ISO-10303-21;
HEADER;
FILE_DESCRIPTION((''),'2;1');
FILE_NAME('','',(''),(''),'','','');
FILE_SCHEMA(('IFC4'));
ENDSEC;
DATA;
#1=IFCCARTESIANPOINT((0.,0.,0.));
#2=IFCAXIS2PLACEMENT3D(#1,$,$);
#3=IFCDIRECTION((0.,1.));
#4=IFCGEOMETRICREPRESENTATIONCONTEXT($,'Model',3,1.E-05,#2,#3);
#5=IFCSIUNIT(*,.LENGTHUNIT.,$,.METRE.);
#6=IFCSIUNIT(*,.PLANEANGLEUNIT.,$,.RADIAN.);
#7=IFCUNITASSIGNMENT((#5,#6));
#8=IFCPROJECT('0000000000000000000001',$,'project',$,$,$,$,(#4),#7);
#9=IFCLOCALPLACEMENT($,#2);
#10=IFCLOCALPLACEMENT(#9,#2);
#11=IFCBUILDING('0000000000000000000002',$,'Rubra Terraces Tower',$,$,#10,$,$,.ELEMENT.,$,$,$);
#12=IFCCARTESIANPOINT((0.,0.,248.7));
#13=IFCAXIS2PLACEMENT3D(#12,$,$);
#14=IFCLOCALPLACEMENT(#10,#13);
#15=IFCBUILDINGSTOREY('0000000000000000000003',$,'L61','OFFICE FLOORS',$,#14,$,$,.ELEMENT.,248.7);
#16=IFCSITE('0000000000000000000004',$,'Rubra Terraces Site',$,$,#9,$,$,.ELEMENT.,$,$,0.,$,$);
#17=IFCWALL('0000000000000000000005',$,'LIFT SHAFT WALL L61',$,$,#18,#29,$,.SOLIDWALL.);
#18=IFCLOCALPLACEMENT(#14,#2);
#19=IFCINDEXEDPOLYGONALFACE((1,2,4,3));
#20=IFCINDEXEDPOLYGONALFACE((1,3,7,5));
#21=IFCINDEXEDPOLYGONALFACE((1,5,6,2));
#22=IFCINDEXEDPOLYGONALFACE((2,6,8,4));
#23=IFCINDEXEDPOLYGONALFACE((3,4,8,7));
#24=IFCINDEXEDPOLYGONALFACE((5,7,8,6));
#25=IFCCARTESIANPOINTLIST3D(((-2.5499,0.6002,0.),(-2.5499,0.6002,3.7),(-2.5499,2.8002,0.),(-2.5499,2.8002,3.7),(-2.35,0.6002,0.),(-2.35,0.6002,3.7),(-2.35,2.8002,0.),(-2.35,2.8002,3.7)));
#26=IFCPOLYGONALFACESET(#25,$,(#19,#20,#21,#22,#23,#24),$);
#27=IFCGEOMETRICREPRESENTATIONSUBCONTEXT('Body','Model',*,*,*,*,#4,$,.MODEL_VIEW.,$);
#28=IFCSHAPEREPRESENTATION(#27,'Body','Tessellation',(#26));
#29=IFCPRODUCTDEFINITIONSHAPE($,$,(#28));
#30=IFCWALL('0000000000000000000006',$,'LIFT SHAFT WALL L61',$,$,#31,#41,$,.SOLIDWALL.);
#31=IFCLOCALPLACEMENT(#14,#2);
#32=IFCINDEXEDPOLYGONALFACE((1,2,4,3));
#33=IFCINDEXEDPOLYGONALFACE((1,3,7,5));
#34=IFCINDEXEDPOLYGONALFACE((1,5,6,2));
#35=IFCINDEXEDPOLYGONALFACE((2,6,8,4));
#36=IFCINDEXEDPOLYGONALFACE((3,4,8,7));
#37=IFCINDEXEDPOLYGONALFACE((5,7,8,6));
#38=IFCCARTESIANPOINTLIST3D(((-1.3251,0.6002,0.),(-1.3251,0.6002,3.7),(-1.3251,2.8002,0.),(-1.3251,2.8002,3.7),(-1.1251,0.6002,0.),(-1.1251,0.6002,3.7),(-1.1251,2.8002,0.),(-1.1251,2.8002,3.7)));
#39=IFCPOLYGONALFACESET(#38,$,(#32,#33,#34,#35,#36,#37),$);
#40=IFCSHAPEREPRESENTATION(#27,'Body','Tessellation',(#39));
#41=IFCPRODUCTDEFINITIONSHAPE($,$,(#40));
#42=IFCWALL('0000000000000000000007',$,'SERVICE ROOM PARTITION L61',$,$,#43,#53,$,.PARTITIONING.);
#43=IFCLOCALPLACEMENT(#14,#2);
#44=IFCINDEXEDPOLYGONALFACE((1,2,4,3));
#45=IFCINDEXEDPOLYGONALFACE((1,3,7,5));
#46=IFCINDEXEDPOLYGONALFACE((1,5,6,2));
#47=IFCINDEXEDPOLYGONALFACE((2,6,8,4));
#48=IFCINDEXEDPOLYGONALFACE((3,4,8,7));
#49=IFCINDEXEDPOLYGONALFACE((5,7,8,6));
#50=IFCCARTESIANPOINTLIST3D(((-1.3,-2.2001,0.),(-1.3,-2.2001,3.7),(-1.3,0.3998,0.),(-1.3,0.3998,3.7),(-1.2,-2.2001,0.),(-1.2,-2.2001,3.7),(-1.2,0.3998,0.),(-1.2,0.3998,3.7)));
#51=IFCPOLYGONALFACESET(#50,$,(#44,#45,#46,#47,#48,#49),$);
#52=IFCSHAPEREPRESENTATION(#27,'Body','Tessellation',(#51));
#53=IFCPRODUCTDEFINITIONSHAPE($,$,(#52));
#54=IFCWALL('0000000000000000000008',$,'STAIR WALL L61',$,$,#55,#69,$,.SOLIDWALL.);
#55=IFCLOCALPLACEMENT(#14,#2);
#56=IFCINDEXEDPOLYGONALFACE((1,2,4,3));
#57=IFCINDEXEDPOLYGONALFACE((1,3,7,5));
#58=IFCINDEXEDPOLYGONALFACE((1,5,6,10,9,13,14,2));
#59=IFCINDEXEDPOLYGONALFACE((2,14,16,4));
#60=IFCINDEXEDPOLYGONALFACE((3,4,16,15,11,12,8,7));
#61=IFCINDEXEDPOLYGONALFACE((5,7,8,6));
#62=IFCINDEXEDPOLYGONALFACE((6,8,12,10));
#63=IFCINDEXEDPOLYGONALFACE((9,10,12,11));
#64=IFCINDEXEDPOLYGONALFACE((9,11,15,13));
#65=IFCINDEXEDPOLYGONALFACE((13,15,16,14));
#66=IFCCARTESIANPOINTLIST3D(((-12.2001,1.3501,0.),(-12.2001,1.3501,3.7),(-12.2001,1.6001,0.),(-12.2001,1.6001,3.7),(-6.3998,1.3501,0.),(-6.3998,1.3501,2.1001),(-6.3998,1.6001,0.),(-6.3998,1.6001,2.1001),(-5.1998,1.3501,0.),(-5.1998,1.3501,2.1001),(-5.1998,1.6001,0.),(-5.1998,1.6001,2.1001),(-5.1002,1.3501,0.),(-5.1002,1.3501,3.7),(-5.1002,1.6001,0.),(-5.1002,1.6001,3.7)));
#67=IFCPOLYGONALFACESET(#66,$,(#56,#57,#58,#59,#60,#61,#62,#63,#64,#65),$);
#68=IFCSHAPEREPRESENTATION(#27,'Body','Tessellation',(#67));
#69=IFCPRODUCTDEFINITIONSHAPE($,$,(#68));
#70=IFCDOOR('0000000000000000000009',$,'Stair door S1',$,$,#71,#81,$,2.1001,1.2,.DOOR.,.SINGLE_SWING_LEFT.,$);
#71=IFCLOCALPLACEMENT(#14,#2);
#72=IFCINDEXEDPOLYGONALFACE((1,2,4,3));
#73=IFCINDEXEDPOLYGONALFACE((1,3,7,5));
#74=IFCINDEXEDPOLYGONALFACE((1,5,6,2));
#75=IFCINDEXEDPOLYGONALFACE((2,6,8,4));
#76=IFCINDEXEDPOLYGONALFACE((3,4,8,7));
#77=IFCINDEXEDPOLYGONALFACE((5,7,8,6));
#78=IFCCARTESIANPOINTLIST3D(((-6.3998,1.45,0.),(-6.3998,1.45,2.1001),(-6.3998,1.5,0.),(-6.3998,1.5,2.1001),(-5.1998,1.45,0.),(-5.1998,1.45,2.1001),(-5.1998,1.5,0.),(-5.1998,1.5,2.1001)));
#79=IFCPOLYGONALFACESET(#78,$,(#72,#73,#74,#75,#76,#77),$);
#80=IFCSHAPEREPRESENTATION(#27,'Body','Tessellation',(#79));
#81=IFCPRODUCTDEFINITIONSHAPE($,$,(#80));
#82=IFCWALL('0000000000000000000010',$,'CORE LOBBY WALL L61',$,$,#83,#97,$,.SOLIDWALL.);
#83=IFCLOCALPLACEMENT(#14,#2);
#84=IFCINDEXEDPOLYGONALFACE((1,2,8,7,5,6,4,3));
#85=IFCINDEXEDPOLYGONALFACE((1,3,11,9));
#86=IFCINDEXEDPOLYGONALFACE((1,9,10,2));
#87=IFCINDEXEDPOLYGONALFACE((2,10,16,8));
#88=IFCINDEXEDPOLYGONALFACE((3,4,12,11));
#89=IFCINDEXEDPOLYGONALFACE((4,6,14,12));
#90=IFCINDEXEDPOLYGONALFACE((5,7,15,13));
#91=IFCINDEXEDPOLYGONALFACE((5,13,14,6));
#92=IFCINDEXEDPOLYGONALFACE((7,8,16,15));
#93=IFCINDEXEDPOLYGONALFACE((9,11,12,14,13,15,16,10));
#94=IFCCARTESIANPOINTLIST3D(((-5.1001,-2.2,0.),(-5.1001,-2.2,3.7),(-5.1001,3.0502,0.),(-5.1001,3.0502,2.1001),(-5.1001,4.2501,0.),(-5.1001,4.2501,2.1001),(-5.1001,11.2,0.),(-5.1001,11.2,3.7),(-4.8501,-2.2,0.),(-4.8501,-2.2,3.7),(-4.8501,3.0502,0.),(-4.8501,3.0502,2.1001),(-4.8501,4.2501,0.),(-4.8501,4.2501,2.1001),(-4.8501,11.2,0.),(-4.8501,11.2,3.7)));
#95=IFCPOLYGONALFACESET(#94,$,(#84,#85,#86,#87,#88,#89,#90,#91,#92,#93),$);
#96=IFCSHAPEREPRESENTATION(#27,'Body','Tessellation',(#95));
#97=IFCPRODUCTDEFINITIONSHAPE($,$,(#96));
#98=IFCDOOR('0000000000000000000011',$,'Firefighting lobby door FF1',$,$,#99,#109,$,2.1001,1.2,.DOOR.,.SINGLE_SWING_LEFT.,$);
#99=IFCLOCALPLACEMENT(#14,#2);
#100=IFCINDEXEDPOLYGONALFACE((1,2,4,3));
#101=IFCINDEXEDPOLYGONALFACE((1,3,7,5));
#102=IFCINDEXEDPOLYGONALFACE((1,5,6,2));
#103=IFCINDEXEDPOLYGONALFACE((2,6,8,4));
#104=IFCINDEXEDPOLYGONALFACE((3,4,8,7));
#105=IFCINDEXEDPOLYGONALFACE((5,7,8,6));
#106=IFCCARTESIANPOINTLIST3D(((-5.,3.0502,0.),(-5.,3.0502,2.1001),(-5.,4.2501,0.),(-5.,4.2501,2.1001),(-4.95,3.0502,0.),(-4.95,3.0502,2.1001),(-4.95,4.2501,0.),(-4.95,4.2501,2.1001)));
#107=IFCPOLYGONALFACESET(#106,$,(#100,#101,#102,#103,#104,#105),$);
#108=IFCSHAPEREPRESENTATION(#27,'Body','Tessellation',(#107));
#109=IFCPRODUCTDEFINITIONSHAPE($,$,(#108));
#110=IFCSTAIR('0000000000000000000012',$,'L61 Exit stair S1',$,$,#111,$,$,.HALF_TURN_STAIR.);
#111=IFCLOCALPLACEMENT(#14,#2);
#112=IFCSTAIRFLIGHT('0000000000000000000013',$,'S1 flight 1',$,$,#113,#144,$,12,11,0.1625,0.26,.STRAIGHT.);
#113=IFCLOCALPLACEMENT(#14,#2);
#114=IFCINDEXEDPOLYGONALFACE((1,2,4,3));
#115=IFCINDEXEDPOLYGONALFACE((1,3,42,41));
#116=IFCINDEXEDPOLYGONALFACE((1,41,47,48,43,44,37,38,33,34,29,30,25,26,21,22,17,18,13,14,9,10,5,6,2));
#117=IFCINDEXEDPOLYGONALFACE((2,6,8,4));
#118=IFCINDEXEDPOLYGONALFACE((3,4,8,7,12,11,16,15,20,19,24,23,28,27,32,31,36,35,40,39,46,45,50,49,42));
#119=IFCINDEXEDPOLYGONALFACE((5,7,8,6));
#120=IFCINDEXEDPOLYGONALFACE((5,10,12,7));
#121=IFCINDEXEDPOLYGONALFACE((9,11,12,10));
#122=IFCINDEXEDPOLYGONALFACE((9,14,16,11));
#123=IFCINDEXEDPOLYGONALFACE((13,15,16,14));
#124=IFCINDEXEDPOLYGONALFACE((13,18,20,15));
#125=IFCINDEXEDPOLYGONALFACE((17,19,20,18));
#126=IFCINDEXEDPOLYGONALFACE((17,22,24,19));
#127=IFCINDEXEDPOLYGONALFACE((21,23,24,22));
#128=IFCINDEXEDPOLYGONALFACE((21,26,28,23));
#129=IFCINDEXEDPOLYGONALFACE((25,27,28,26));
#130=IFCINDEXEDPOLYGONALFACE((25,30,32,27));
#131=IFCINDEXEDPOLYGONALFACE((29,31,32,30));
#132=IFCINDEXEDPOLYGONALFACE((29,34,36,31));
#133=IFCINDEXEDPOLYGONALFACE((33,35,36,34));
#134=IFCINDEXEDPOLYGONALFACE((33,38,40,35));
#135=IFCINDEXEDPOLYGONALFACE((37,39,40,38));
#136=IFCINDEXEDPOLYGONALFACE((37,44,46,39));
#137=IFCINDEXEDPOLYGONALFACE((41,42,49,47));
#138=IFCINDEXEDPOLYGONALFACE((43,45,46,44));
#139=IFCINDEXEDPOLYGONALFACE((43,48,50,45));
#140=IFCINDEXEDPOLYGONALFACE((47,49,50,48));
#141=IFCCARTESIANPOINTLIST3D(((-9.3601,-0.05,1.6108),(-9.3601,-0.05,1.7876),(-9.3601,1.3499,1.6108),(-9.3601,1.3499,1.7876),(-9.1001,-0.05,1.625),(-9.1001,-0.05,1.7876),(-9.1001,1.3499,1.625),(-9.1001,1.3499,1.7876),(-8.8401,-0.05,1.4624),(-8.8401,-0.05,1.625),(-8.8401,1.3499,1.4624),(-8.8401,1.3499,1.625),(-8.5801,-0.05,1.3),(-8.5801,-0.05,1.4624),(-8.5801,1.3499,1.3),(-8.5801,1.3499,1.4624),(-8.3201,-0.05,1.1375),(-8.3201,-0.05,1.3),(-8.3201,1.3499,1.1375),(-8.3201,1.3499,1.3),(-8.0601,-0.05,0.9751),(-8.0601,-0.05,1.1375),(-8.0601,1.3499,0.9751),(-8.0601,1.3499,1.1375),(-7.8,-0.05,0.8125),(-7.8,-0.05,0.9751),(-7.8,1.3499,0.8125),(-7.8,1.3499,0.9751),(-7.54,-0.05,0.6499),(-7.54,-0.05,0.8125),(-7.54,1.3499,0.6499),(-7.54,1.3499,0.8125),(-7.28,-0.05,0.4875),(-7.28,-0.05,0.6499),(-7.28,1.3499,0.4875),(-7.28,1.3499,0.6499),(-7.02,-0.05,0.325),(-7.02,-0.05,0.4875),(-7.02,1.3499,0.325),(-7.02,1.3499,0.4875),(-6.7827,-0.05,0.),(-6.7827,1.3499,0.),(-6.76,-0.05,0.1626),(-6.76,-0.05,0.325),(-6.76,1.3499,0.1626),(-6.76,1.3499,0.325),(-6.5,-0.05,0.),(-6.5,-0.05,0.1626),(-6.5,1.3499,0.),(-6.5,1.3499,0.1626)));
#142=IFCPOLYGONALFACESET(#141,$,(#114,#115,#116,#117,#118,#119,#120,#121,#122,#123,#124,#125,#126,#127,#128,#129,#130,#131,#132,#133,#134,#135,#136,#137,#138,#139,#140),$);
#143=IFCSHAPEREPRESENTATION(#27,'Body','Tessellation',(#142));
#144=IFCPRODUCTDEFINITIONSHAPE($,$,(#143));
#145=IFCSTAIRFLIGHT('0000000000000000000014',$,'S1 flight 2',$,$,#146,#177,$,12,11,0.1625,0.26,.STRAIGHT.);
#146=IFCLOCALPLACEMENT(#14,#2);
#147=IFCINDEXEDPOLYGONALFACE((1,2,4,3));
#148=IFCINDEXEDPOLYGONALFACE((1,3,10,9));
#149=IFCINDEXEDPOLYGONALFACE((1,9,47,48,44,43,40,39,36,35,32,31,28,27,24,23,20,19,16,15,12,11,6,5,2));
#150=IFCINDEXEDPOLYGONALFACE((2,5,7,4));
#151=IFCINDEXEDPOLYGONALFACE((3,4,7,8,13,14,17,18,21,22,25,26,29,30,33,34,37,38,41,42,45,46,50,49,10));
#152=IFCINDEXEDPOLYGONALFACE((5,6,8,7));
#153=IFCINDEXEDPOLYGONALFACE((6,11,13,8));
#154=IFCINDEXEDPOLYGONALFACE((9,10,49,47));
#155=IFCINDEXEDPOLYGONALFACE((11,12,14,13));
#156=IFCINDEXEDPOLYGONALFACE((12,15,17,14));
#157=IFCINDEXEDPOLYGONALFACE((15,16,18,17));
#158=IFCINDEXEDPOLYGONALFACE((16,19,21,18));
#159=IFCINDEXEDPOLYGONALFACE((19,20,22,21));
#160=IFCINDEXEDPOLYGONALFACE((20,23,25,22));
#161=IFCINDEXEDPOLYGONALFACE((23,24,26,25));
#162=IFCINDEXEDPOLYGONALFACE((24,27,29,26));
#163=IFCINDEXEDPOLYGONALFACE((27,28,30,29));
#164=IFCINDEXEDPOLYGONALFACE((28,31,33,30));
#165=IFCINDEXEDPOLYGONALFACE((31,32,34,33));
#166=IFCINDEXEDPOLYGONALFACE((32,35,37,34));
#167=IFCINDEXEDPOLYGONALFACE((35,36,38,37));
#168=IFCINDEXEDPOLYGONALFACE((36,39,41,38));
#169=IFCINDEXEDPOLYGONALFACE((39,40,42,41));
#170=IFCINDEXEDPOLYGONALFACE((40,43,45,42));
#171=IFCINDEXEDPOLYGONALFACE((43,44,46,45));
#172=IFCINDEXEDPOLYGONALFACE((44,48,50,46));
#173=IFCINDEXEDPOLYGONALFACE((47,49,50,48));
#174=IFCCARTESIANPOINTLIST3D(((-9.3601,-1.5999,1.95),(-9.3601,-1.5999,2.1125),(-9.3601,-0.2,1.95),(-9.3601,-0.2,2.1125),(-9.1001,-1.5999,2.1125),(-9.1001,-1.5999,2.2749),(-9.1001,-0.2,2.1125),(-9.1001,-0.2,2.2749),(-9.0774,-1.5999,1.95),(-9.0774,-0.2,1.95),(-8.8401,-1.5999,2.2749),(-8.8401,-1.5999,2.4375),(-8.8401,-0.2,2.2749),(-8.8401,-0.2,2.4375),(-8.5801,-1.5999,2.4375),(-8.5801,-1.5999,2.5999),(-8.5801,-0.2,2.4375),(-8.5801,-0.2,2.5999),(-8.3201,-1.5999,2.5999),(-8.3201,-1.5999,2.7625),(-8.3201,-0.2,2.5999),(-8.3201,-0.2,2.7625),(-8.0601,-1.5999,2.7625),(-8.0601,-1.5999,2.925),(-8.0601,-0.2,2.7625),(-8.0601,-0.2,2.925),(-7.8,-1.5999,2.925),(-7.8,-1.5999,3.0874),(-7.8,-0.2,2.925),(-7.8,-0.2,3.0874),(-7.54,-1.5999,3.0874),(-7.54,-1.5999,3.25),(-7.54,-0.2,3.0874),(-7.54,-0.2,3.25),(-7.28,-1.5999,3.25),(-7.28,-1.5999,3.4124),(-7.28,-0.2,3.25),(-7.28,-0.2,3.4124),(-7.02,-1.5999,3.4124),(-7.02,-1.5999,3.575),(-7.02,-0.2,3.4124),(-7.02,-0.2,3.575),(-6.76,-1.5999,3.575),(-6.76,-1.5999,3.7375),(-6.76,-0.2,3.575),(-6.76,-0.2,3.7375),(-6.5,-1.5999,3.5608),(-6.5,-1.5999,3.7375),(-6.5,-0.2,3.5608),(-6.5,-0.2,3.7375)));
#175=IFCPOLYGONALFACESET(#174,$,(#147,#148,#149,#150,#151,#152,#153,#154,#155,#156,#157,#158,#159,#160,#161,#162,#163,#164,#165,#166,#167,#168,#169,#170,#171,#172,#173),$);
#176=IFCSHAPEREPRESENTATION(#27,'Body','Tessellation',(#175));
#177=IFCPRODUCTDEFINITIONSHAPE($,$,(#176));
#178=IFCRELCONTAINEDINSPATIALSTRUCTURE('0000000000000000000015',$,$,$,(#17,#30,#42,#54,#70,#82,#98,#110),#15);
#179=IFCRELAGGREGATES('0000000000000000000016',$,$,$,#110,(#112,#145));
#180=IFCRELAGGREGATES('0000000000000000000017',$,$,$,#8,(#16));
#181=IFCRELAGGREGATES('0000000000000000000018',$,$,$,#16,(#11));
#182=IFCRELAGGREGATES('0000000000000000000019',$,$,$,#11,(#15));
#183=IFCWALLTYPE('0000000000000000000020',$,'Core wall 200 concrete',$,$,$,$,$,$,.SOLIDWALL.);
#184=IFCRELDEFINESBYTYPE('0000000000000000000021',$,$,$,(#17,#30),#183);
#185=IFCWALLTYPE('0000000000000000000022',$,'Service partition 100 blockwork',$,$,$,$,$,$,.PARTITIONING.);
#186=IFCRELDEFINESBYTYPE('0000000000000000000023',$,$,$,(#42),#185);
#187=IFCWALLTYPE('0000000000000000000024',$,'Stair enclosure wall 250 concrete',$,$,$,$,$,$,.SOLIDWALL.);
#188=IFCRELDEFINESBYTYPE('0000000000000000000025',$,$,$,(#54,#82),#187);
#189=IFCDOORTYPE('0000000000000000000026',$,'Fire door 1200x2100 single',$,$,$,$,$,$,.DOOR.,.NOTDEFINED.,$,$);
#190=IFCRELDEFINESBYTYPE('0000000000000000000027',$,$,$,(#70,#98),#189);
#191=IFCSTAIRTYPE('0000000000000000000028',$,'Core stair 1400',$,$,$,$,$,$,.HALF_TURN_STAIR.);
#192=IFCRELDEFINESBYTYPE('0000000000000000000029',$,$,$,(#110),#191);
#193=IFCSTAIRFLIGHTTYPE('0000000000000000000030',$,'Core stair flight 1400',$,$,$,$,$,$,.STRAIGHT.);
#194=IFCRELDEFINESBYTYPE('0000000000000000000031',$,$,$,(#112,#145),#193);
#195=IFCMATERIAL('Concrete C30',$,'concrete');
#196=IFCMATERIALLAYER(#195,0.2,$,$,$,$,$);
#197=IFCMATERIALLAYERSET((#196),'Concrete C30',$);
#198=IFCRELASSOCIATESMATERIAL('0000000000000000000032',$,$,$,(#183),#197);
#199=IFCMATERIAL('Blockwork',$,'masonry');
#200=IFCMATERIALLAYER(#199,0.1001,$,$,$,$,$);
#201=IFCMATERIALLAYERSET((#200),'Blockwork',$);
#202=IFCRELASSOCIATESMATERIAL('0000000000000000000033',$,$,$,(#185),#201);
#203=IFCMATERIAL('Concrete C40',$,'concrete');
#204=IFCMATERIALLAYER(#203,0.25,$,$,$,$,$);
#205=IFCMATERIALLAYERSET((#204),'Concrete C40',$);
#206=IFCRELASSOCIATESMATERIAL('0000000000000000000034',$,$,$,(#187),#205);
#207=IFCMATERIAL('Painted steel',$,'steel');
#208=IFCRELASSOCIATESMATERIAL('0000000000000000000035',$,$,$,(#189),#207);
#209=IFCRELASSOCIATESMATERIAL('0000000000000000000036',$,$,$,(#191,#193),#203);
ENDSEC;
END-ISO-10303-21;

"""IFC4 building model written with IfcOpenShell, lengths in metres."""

from ifc_helpers import new_model, si_unit, direction, frame, frame_2d, origin, place, context, subcontext, project, spatial, polyline, rectangle, outline, extrude, material, layer, layer_set, type_object, element, fill, aggregate, save


model = new_model("IFC4")

# Units and contexts
model_context = context("Model", 3, precision=1e-05, world=origin(), true_north=direction((0.0, 1.0)))
body_context = subcontext(model_context, "Body", "Model", "MODEL_VIEW")
ifc_project = project(units=[si_unit("LENGTHUNIT", "METRE"), si_unit("PLANEANGLEUNIT", "RADIAN")], contexts=[model_context])

# Site, building, storey
site_placement = place(None, origin())
site = spatial("IfcSite", under=ifc_project, at=site_placement, Name="Rubra Terraces Site", CompositionType="ELEMENT", RefElevation=0.0)
building_placement = place(site_placement, origin())
building = spatial("IfcBuilding", under=site, at=building_placement, Name="Rubra Terraces Tower", CompositionType="ELEMENT")
storey_placement = place(building_placement, frame((0.0, 0.0, 248.7)))
storey = spatial("IfcBuildingStorey", under=building, at=storey_placement, Name="L61", Description="OFFICE FLOORS", CompositionType="ELEMENT", Elevation=248.7)

# Shared definitions
ifc_material_1 = material(Name="Concrete C40", Category="concrete")

# Shared definitions
ifc_material_2 = material(Name="Painted steel", Category="steel")

# Walls
ifc_material_3 = material(Name="Concrete C30", Category="concrete")
ifc_layer_1 = layer(ifc_material_3, 0.2)
ifc_layer_set_1 = layer_set([ifc_layer_1], Name="Concrete C30")
wall_type_1 = type_object("IfcWallType", Name="Core wall 200 concrete", PredefinedType="SOLIDWALL", material=ifc_layer_set_1)
for number, where, z_axis, x_axis, name in (
    (1, (-2.45, 0.6001, 0.0), (0.0, 0.0, 1.0), (0.0, 1.0, 0.0), "LIFT SHAFT WALL L61"),
    (2, (-1.2251, 0.6001, 0.0), (0.0, 0.0, 1.0), (0.0, 1.0, 0.0), "LIFT SHAFT WALL L61"),
):
    element("IfcWall", number, at=place(storey_placement, frame(where, z_axis=z_axis, x_axis=x_axis)), inside=storey, type_object=wall_type_1, Name=name, PredefinedType="SOLIDWALL", context=body_context, shape_type="SweptSolid", body=[
        extrude(rectangle(XDim=2.2, YDim=0.2, at=frame_2d((1.1001, 0.0))), origin(), (0.0, 0.0, 1.0), 3.7),
    ])
ifc_material_4 = material(Name="Blockwork", Category="masonry")
ifc_layer_2 = layer(ifc_material_4, 0.1001)
ifc_layer_set_2 = layer_set([ifc_layer_2], Name="Blockwork")
wall_type_2 = type_object("IfcWallType", Name="Service partition 100 blockwork", PredefinedType="PARTITIONING", material=ifc_layer_set_2)
wall_1_placement = place(storey_placement, frame((-1.25, -2.2, 0.0), z_axis=(0.0, 0.0, 1.0), x_axis=(0.0, 1.0, 0.0)))
element("IfcWall", 3, at=wall_1_placement, inside=storey, type_object=wall_type_2, Name="SERVICE ROOM PARTITION L61", PredefinedType="PARTITIONING", context=body_context, shape_type="SweptSolid", body=[
    extrude(rectangle(XDim=2.5999, YDim=0.1001, at=frame_2d((1.2998, 0.0))), origin(), (0.0, 0.0, 1.0), 3.7),
])

# Walls, openings, doors
ifc_layer_3 = layer(ifc_material_1, 0.25)
ifc_layer_set_3 = layer_set([ifc_layer_3], Name="Concrete C40")
wall_type_3 = type_object("IfcWallType", Name="Stair enclosure wall 250 concrete", PredefinedType="SOLIDWALL", material=ifc_layer_set_3)
wall_2_placement = place(storey_placement, frame((-12.2, 1.4751, 0.0), z_axis=(0.0, 0.0, 1.0), x_axis=(1.0, 0.0, 0.0)))
wall_2 = element("IfcWall", 4, at=wall_2_placement, inside=storey, type_object=wall_type_3, Name="STAIR WALL L61", PredefinedType="SOLIDWALL", context=body_context, shape_type="SweptSolid", body=[
    extrude(rectangle(XDim=7.0999, YDim=0.25, at=frame_2d((3.5498, 0.0))), origin(), (0.0, 0.0, 1.0), 3.7),
])
opening_1_placement = place(wall_2_placement, frame((5.8, 0.0, 0.0)))
opening_1 = element("IfcOpeningElement", 5, at=opening_1_placement, cuts=wall_2, PredefinedType="OPENING", context=body_context, shape_type="SweptSolid", body=[
    extrude(rectangle(XDim=1.2, YDim=2.1001, at=frame_2d((0.6001, 1.05))), frame((0.0, 0.135, 0.0), z_axis=(0.0, -1.0, 0.0), x_axis=(1.0, 0.0, 0.0)), (0.0, 0.0, 1.0), 0.27),
])
door_type_1 = type_object("IfcDoorType", Name="Fire door 1200x2100 single", OperationType="NOTDEFINED", PredefinedType="DOOR", material=ifc_material_2)
door_1_placement = place(opening_1_placement, origin())
door_1 = element("IfcDoor", 6, at=door_1_placement, inside=storey, type_object=door_type_1, Name="Stair door S1", OperationType="SINGLE_SWING_LEFT", OverallHeight=2.1001, OverallWidth=1.2, PredefinedType="DOOR", context=body_context, shape_type="SweptSolid", body=[
    extrude(rectangle(XDim=1.2, YDim=2.1001, at=frame_2d((0.6001, 1.05))), frame((0.0, 0.0249, 0.0), z_axis=(0.0, -1.0, 0.0), x_axis=(1.0, 0.0, 0.0)), (0.0, 0.0, 1.0), 0.05),
])
fill(opening_1, door_1)
wall_3_placement = place(storey_placement, frame((-4.9751, -2.2, 0.0), z_axis=(0.0, 0.0, 1.0), x_axis=(0.0, 1.0, 0.0)))
wall_3 = element("IfcWall", 7, at=wall_3_placement, inside=storey, type_object=wall_type_3, Name="CORE LOBBY WALL L61", PredefinedType="SOLIDWALL", context=body_context, shape_type="SweptSolid", body=[
    extrude(rectangle(XDim=13.3999, YDim=0.25, at=frame_2d((6.7, 0.0))), origin(), (0.0, 0.0, 1.0), 3.7),
])
opening_2_placement = place(wall_3_placement, frame((5.25, 0.0, 0.0)))
opening_2 = element("IfcOpeningElement", 8, at=opening_2_placement, cuts=wall_3, PredefinedType="OPENING", context=body_context, shape_type="SweptSolid", body=[
    extrude(rectangle(XDim=1.2, YDim=2.1001, at=frame_2d((0.6001, 1.05))), frame((0.0, 0.135, 0.0), z_axis=(0.0, -1.0, 0.0), x_axis=(1.0, 0.0, 0.0)), (0.0, 0.0, 1.0), 0.27),
])
door_2_placement = place(opening_2_placement, origin())
door_2 = element("IfcDoor", 9, at=door_2_placement, inside=storey, type_object=door_type_1, Name="Firefighting lobby door FF1", OperationType="SINGLE_SWING_LEFT", OverallHeight=2.1001, OverallWidth=1.2, PredefinedType="DOOR", context=body_context, shape_type="SweptSolid", body=[
    extrude(rectangle(XDim=1.2, YDim=2.1001, at=frame_2d((0.6001, 1.05))), frame((0.0, 0.0249, 0.0), z_axis=(0.0, -1.0, 0.0), x_axis=(1.0, 0.0, 0.0)), (0.0, 0.0, 1.0), 0.05),
])
fill(opening_2, door_2)

# Stair, stair flights
stair_type = type_object("IfcStairType", Name="Core stair 1400", PredefinedType="HALF_TURN_STAIR", material=ifc_material_1)
stair_placement = place(storey_placement, origin())
stair = element("IfcStair", 10, at=stair_placement, inside=storey, type_object=stair_type, Name="L61 Exit stair S1", PredefinedType="HALF_TURN_STAIR")
stair_flight_type = type_object("IfcStairFlightType", Name="Core stair flight 1400", PredefinedType="STRAIGHT", material=ifc_material_1)
stair_flight_1_placement = place(storey_placement, frame((-6.5, 0.6499, 0.0), z_axis=(0.0, 0.0, 1.0), x_axis=(-1.0, 0.0, 0.0)))
stair_flight_1 = element("IfcStairFlight", 11, at=stair_flight_1_placement, type_object=stair_flight_type, Name="S1 flight 1", NumberOfRisers=12, NumberOfTreads=11, PredefinedType="STRAIGHT", RiserHeight=0.1625, TreadLength=0.26, context=body_context, shape_type="SweptSolid", body=[
    extrude(outline(polyline([(0.0, 0.0), (0.0, 0.1626), (0.26, 0.1626), (0.26, 0.325), (0.52, 0.325), (0.52, 0.4875), (0.78, 0.4875), (0.78, 0.6499), (1.04, 0.6499), (1.04, 0.8125), (1.3, 0.8125), (1.3, 0.9751), (1.5601, 0.9751), (1.5601, 1.1375), (1.8201, 1.1375), (1.8201, 1.3), (2.0801, 1.3), (2.0801, 1.4624), (2.3401, 1.4624), (2.3401, 1.625), (2.6001, 1.625), (2.6001, 1.7876), (2.8601, 1.7876), (2.8601, 1.95), (2.8601, 1.6108), (0.2827, 0.0), (0.0, 0.0)])), frame((0.0, 0.7, 0.0), z_axis=(0.0, -1.0, 0.0), x_axis=(1.0, 0.0, 0.0)), (0.0, 0.0, 1.0), 1.3999),
])
stair_flight_2_placement = place(storey_placement, frame((-9.3601, -0.8999, 1.95), z_axis=(0.0, 0.0, 1.0), x_axis=(1.0, 0.0, 0.0)))
stair_flight_2 = element("IfcStairFlight", 12, at=stair_flight_2_placement, type_object=stair_flight_type, Name="S1 flight 2", NumberOfRisers=12, NumberOfTreads=11, PredefinedType="STRAIGHT", RiserHeight=0.1625, TreadLength=0.26, context=body_context, shape_type="SweptSolid", body=[
    extrude(outline(polyline([(0.0, 0.0), (0.0, 0.1626), (0.26, 0.1626), (0.26, 0.325), (0.52, 0.325), (0.52, 0.4875), (0.78, 0.4875), (0.78, 0.6499), (1.04, 0.6499), (1.04, 0.8125), (1.3, 0.8125), (1.3, 0.9751), (1.5601, 0.9751), (1.5601, 1.1375), (1.8201, 1.1375), (1.8201, 1.3), (2.0801, 1.3), (2.0801, 1.4624), (2.3401, 1.4624), (2.3401, 1.625), (2.6001, 1.625), (2.6001, 1.7876), (2.8601, 1.7876), (2.8601, 1.95), (2.8601, 1.6108), (0.2827, 0.0), (0.0, 0.0)])), frame((0.0, 0.7, 0.0), z_axis=(0.0, -1.0, 0.0), x_axis=(1.0, 0.0, 0.0)), (0.0, 0.0, 1.0), 1.3999),
])
aggregate(stair, [stair_flight_1, stair_flight_2])

save(model, "model.ifc")
